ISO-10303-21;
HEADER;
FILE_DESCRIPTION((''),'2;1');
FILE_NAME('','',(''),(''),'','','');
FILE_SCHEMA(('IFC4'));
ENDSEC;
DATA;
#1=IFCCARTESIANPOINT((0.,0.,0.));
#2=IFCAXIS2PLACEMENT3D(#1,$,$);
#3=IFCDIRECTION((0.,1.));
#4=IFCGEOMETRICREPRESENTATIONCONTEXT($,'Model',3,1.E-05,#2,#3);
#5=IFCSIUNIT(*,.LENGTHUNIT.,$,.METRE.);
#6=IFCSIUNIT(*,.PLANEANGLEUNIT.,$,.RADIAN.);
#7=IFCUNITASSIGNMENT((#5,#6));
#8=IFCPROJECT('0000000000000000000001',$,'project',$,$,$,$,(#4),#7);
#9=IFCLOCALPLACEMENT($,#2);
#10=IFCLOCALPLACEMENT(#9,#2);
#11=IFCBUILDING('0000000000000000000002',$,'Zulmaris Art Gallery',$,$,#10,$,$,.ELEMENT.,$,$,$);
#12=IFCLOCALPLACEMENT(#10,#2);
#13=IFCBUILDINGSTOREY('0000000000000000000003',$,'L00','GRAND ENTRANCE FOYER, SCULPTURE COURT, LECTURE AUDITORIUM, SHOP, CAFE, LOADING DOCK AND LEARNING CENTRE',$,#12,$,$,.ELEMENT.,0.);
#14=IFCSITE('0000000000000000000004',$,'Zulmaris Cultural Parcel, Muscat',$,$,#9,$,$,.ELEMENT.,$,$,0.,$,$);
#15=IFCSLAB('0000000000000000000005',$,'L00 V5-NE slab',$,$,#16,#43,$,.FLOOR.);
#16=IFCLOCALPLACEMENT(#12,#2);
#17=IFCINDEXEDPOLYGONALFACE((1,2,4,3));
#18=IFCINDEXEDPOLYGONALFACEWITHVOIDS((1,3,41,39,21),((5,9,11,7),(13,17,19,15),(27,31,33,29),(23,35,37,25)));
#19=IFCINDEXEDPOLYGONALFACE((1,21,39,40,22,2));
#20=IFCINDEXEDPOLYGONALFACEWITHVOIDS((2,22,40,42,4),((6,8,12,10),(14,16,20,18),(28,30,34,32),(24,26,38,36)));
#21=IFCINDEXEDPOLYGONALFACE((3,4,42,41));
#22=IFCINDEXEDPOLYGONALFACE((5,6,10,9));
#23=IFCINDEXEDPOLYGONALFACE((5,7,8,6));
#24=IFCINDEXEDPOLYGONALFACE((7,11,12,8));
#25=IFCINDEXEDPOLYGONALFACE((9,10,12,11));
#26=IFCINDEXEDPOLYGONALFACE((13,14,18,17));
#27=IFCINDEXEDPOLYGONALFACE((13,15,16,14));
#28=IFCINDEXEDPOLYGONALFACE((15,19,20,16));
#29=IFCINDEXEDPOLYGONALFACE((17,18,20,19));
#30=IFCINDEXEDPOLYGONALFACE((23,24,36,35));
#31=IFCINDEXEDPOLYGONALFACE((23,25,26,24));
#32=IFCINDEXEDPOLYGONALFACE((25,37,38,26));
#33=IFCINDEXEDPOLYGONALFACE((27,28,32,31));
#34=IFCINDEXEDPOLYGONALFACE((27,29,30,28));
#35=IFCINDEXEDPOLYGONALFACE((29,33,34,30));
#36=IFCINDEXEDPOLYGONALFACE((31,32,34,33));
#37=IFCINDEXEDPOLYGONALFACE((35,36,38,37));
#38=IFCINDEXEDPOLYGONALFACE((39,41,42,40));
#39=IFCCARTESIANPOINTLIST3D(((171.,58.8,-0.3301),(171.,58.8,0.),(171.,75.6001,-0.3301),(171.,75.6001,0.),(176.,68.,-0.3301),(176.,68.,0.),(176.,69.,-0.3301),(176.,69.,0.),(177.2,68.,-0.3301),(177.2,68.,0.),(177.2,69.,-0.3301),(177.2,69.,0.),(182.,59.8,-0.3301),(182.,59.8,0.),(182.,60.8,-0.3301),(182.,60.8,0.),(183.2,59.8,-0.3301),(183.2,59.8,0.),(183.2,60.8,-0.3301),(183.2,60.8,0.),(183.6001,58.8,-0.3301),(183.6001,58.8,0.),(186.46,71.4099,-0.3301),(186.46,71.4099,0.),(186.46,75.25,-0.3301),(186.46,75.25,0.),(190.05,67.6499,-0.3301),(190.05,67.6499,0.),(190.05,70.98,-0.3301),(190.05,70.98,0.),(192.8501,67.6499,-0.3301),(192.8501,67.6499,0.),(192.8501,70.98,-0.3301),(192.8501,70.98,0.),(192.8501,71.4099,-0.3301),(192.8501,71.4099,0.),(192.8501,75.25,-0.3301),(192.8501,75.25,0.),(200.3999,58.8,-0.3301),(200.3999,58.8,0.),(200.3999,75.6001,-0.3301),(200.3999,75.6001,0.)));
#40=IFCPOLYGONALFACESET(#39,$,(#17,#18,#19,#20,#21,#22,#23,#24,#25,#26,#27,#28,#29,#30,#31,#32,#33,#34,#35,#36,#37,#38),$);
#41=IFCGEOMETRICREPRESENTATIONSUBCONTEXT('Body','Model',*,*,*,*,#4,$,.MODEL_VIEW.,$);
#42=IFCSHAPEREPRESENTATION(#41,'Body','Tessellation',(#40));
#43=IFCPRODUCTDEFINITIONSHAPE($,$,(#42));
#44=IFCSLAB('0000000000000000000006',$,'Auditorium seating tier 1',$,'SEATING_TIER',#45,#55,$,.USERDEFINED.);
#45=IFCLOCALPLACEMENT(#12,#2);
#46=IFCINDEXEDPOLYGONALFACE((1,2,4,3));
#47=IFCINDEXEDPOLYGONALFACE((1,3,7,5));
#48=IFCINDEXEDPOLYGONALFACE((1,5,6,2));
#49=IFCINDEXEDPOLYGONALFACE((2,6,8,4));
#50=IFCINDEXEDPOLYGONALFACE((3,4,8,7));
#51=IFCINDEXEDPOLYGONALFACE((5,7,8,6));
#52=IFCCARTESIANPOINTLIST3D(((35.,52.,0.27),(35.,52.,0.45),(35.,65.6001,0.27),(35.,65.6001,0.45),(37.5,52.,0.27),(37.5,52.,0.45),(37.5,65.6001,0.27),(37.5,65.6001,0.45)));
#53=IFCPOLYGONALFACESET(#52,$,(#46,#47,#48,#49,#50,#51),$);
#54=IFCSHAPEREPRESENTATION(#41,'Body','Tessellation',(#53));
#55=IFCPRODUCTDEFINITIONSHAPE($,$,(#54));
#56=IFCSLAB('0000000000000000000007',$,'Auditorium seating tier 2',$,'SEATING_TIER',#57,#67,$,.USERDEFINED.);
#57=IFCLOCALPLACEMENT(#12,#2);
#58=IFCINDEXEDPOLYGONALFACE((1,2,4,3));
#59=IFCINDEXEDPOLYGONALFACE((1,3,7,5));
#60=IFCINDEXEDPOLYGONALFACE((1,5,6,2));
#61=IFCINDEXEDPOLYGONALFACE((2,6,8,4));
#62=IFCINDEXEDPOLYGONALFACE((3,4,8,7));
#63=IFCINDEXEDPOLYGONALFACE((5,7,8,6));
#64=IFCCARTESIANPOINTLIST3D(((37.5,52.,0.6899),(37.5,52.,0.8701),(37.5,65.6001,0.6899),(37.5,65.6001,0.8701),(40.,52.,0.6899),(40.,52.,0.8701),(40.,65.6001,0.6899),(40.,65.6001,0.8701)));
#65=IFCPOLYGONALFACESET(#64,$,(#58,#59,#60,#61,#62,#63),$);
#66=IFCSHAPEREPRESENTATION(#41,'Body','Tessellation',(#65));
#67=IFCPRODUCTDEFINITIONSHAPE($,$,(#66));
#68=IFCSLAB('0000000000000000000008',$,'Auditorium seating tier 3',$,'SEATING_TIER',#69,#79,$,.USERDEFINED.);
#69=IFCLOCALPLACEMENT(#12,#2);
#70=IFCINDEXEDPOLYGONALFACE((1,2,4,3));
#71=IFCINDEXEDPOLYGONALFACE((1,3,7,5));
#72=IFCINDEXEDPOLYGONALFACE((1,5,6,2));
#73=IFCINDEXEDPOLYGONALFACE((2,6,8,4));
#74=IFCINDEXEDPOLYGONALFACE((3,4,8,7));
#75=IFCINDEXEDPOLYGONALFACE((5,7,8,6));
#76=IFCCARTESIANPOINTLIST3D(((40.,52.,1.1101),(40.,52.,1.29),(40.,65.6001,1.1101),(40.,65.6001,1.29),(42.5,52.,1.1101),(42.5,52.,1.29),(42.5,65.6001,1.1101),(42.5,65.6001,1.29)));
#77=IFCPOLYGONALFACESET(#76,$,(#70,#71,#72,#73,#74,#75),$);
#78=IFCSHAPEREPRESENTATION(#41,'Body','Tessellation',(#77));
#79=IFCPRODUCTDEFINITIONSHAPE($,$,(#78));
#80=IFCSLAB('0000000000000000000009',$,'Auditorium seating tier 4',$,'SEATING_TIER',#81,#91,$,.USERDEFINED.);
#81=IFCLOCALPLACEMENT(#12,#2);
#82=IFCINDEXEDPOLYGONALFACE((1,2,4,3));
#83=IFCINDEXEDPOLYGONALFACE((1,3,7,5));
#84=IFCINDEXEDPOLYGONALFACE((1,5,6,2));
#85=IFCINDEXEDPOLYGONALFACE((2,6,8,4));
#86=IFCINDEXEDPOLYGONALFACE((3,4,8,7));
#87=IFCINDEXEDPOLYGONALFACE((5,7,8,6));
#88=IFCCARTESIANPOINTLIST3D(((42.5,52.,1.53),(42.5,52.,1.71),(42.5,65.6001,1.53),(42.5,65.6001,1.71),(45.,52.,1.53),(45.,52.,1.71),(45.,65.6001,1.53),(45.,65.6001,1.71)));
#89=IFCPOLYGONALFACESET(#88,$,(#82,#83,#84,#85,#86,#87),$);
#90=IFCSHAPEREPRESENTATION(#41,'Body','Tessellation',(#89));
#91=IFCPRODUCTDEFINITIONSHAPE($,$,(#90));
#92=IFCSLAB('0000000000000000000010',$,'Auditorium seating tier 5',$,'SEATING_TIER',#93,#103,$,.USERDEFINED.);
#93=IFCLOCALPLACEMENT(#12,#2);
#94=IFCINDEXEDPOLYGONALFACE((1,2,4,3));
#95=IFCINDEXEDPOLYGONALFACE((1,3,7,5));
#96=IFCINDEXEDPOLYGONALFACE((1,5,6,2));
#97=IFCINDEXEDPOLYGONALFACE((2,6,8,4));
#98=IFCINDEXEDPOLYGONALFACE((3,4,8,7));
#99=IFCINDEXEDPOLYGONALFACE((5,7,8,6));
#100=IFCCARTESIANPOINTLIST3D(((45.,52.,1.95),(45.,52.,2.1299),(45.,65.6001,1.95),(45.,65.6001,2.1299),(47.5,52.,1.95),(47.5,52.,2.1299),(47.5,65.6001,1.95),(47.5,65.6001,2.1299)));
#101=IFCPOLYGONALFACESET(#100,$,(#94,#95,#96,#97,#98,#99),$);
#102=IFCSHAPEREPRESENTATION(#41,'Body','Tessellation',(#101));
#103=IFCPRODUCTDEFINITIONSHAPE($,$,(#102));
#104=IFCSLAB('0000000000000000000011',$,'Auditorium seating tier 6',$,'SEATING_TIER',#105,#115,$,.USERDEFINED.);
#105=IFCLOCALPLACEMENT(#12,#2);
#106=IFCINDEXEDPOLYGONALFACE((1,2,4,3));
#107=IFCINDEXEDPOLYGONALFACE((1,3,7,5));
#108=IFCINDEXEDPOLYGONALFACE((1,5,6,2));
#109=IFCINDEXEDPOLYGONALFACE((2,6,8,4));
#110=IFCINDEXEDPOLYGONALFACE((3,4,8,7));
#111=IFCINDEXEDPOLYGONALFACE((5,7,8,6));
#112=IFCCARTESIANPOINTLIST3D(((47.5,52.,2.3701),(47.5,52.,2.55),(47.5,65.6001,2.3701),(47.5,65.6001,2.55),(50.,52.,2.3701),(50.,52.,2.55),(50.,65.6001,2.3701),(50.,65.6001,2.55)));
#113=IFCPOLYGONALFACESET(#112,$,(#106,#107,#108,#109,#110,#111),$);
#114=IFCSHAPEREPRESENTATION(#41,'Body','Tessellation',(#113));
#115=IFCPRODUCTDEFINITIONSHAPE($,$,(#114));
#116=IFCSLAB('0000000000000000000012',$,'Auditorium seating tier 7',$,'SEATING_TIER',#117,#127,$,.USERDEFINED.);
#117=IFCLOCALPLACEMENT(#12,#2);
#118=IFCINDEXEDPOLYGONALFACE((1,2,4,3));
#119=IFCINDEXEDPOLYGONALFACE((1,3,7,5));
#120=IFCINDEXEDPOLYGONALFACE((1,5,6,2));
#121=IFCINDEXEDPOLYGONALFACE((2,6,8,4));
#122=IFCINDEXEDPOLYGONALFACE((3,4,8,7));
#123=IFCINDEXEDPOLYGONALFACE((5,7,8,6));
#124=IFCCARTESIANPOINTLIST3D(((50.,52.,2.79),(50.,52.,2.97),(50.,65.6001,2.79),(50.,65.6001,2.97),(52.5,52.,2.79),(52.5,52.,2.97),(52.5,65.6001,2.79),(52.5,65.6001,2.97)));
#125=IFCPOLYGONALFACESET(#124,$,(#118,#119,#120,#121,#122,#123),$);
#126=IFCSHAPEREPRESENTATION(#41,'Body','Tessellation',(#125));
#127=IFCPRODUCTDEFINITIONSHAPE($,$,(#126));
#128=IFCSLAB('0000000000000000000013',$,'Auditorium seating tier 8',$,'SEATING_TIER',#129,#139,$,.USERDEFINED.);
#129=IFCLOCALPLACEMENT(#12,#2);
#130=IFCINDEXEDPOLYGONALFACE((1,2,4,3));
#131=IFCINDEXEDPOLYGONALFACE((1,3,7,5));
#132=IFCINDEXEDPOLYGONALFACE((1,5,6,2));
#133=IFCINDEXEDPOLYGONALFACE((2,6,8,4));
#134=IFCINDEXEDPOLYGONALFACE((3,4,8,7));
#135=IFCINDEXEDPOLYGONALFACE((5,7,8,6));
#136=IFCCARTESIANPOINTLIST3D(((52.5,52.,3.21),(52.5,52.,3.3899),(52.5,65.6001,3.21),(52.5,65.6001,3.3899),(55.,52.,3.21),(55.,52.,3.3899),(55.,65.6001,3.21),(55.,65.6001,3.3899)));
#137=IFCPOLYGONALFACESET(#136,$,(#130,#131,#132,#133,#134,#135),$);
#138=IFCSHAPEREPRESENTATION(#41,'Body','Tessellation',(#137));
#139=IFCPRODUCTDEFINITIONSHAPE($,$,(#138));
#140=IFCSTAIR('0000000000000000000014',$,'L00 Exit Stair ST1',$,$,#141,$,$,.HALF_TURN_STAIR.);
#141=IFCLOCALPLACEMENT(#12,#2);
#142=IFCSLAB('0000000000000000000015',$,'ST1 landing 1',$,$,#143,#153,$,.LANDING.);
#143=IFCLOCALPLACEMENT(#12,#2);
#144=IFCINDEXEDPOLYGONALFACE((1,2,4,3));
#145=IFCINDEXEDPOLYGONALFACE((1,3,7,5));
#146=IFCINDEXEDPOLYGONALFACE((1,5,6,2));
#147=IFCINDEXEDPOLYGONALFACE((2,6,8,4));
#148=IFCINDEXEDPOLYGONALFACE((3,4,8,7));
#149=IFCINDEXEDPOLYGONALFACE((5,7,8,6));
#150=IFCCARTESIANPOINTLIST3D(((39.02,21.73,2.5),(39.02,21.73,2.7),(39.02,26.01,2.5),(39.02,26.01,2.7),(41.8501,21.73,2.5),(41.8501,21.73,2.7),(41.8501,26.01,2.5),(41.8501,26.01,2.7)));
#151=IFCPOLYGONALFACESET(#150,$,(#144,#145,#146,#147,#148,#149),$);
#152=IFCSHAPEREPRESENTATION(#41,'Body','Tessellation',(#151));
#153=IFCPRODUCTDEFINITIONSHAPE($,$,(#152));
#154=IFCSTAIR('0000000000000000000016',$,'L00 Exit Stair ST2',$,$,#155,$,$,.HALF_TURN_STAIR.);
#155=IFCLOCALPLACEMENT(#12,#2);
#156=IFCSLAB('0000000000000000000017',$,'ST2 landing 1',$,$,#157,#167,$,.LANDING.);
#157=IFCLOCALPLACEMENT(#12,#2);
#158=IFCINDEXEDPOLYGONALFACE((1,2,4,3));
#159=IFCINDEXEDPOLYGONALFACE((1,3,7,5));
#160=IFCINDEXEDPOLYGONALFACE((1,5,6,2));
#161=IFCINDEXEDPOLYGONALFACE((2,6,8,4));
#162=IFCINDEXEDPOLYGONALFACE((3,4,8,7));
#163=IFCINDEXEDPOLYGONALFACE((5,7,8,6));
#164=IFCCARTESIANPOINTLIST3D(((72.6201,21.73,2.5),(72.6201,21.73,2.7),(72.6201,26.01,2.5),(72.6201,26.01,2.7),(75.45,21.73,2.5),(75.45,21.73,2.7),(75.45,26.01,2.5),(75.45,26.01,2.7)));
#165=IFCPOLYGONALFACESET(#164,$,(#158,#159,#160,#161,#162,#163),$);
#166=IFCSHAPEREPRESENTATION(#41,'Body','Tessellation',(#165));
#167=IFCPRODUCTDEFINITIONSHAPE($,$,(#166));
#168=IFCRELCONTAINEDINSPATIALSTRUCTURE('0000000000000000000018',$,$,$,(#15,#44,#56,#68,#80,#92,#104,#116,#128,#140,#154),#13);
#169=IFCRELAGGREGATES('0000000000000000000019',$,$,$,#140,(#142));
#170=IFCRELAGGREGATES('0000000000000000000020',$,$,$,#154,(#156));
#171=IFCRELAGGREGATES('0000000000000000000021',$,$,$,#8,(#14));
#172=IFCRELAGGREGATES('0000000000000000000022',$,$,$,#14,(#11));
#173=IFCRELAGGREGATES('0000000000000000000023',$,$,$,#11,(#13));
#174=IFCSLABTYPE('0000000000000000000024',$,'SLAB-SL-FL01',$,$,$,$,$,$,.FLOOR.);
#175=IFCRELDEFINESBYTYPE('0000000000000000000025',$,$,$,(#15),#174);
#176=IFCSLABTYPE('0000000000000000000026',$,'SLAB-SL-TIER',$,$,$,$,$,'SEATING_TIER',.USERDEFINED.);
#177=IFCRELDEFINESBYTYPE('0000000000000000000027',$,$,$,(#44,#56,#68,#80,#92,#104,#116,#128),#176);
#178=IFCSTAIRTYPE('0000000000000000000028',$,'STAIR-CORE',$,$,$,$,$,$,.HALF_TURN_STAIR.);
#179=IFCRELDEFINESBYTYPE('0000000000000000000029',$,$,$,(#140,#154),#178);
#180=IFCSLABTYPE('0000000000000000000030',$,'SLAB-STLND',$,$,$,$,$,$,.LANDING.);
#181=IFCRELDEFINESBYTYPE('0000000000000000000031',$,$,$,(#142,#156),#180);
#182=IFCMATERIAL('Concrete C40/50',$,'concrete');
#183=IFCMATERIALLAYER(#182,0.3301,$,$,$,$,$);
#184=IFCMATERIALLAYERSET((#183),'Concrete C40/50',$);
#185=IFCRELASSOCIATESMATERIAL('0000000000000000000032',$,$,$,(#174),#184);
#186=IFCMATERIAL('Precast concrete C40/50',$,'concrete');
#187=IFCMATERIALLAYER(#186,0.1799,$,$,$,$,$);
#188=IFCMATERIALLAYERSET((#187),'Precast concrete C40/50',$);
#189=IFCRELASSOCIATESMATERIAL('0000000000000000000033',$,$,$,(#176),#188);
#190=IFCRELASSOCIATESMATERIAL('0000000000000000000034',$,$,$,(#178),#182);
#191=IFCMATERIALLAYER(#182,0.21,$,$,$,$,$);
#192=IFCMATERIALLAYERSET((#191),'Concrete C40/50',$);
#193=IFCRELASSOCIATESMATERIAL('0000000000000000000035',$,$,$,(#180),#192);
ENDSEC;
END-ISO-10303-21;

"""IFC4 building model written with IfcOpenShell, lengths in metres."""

from ifc_helpers import new_model, si_unit, direction, frame, origin, place, context, subcontext, project, spatial, polyline, outline, extrude, material, layer, layer_set, type_object, element, aggregate, save


model = new_model("IFC4")

# Units and contexts
model_context = context("Model", 3, precision=1e-05, world=origin(), true_north=direction((0.0, 1.0)))
body_context = subcontext(model_context, "Body", "Model", "MODEL_VIEW")
ifc_project = project(units=[si_unit("LENGTHUNIT", "METRE"), si_unit("PLANEANGLEUNIT", "RADIAN")], contexts=[model_context])

# Site, building, storey
site_placement = place(None, origin())
site = spatial("IfcSite", under=ifc_project, at=site_placement, Name="Zulmaris Cultural Parcel, Muscat", CompositionType="ELEMENT", RefElevation=0.0)
building_placement = place(site_placement, origin())
building = spatial("IfcBuilding", under=site, at=building_placement, Name="Zulmaris Art Gallery", CompositionType="ELEMENT")
storey_placement = place(building_placement, origin())
storey = spatial("IfcBuildingStorey", under=building, at=storey_placement, Name="L00", Description="GRAND ENTRANCE FOYER, SCULPTURE COURT, LECTURE AUDITORIUM, SHOP, CAFE, LOADING DOCK AND LEARNING CENTRE", CompositionType="ELEMENT", Elevation=0.0)

# Slabs
ifc_material_1 = material(Name="Concrete C40/50", Category="concrete")
ifc_layer_1 = layer(ifc_material_1, 0.3301)
ifc_layer_set_1 = layer_set([ifc_layer_1], Name="Concrete C40/50")
slab_type_1 = type_object("IfcSlabType", Name="SLAB-SL-FL01", PredefinedType="FLOOR", material=ifc_layer_set_1)
slab_1_placement = place(storey_placement, frame((0.0, 0.0, -0.3301)))
element("IfcSlab", 1, at=slab_1_placement, inside=storey, type_object=slab_type_1, Name="L00 V5-NE slab", PredefinedType="FLOOR", context=body_context, shape_type="SweptSolid", body=[
    extrude(outline(polyline([(200.3999, 58.8), (183.6001, 58.8), (171.0, 58.8), (171.0, 75.6001), (200.3999, 75.6001), (200.3999, 58.8)]), holes=[polyline([(183.2, 59.8), (183.2, 60.8), (182.0, 60.8), (182.0, 59.8), (183.2, 59.8)]), polyline([(177.2, 69.0), (176.0, 69.0), (176.0, 68.0), (177.2, 68.0), (177.2, 69.0)]), polyline([(192.8501, 67.6499), (192.8501, 70.98), (190.05, 70.98), (190.05, 67.6499), (192.8501, 67.6499)]), polyline([(186.46, 71.4099), (192.8501, 71.4099), (192.8501, 75.25), (186.46, 75.25), (186.46, 71.4099)])]), origin(), (0.0, 0.0, 1.0), 0.3301),
])
ifc_material_2 = material(Name="Precast concrete C40/50", Category="concrete")
ifc_layer_2 = layer(ifc_material_2, 0.1799)
ifc_layer_set_2 = layer_set([ifc_layer_2], Name="Precast concrete C40/50")
slab_type_2 = type_object("IfcSlabType", Name="SLAB-SL-TIER", ElementType="SEATING_TIER", PredefinedType="USERDEFINED", material=ifc_layer_set_2)
slab_2_placement = place(storey_placement, frame((0.0, 0.0, 0.27)))
element("IfcSlab", 2, at=slab_2_placement, inside=storey, type_object=slab_type_2, Name="Auditorium seating tier 1", ObjectType="SEATING_TIER", PredefinedType="USERDEFINED", context=body_context, shape_type="SweptSolid", body=[
    extrude(outline(polyline([(35.0, 52.0), (37.5, 52.0), (37.5, 65.6001), (35.0, 65.6001), (35.0, 52.0)])), origin(), (0.0, 0.0, 1.0), 0.1799),
])
slab_3_placement = place(storey_placement, frame((0.0, 0.0, 0.6899)))
element("IfcSlab", 3, at=slab_3_placement, inside=storey, type_object=slab_type_2, Name="Auditorium seating tier 2", ObjectType="SEATING_TIER", PredefinedType="USERDEFINED", context=body_context, shape_type="SweptSolid", body=[
    extrude(outline(polyline([(37.5, 52.0), (40.0, 52.0), (40.0, 65.6001), (37.5, 65.6001), (37.5, 52.0)])), origin(), (0.0, 0.0, 1.0), 0.1802),
])
slab_4_placement = place(storey_placement, frame((0.0, 0.0, 1.1101)))
element("IfcSlab", 4, at=slab_4_placement, inside=storey, type_object=slab_type_2, Name="Auditorium seating tier 3", ObjectType="SEATING_TIER", PredefinedType="USERDEFINED", context=body_context, shape_type="SweptSolid", body=[
    extrude(outline(polyline([(40.0, 52.0), (42.5, 52.0), (42.5, 65.6001), (40.0, 65.6001), (40.0, 52.0)])), origin(), (0.0, 0.0, 1.0), 0.1799),
])
slab_5_placement = place(storey_placement, frame((0.0, 0.0, 1.53)))
element("IfcSlab", 5, at=slab_5_placement, inside=storey, type_object=slab_type_2, Name="Auditorium seating tier 4", ObjectType="SEATING_TIER", PredefinedType="USERDEFINED", context=body_context, shape_type="SweptSolid", body=[
    extrude(outline(polyline([(42.5, 52.0), (45.0, 52.0), (45.0, 65.6001), (42.5, 65.6001), (42.5, 52.0)])), origin(), (0.0, 0.0, 1.0), 0.1799),
])
slab_6_placement = place(storey_placement, frame((0.0, 0.0, 1.95)))
element("IfcSlab", 6, at=slab_6_placement, inside=storey, type_object=slab_type_2, Name="Auditorium seating tier 5", ObjectType="SEATING_TIER", PredefinedType="USERDEFINED", context=body_context, shape_type="SweptSolid", body=[
    extrude(outline(polyline([(45.0, 52.0), (47.5, 52.0), (47.5, 65.6001), (45.0, 65.6001), (45.0, 52.0)])), origin(), (0.0, 0.0, 1.0), 0.1799),
])
slab_7_placement = place(storey_placement, frame((0.0, 0.0, 2.3701)))
element("IfcSlab", 7, at=slab_7_placement, inside=storey, type_object=slab_type_2, Name="Auditorium seating tier 6", ObjectType="SEATING_TIER", PredefinedType="USERDEFINED", context=body_context, shape_type="SweptSolid", body=[
    extrude(outline(polyline([(47.5, 52.0), (50.0, 52.0), (50.0, 65.6001), (47.5, 65.6001), (47.5, 52.0)])), origin(), (0.0, 0.0, 1.0), 0.1799),
])
slab_8_placement = place(storey_placement, frame((0.0, 0.0, 2.79)))
element("IfcSlab", 8, at=slab_8_placement, inside=storey, type_object=slab_type_2, Name="Auditorium seating tier 7", ObjectType="SEATING_TIER", PredefinedType="USERDEFINED", context=body_context, shape_type="SweptSolid", body=[
    extrude(outline(polyline([(50.0, 52.0), (52.5, 52.0), (52.5, 65.6001), (50.0, 65.6001), (50.0, 52.0)])), origin(), (0.0, 0.0, 1.0), 0.1799),
])
slab_9_placement = place(storey_placement, frame((0.0, 0.0, 3.21)))
element("IfcSlab", 9, at=slab_9_placement, inside=storey, type_object=slab_type_2, Name="Auditorium seating tier 8", ObjectType="SEATING_TIER", PredefinedType="USERDEFINED", context=body_context, shape_type="SweptSolid", body=[
    extrude(outline(polyline([(52.5, 52.0), (55.0, 52.0), (55.0, 65.6001), (52.5, 65.6001), (52.5, 52.0)])), origin(), (0.0, 0.0, 1.0), 0.1799),
])

# Stairs, slabs
stair_type = type_object("IfcStairType", Name="STAIR-CORE", PredefinedType="HALF_TURN_STAIR", material=ifc_material_1)
stair_1_placement = place(storey_placement, origin())
stair_1 = element("IfcStair", 10, at=stair_1_placement, inside=storey, type_object=stair_type, Name="L00 Exit Stair ST1", PredefinedType="HALF_TURN_STAIR")
ifc_layer_3 = layer(ifc_material_1, 0.21)
ifc_layer_set_3 = layer_set([ifc_layer_3], Name="Concrete C40/50")
slab_type_3 = type_object("IfcSlabType", Name="SLAB-STLND", PredefinedType="LANDING", material=ifc_layer_set_3)
slab_10_placement = place(storey_placement, frame((0.0, 0.0, 2.5)))
slab_10 = element("IfcSlab", 11, at=slab_10_placement, type_object=slab_type_3, Name="ST1 landing 1", PredefinedType="LANDING", context=body_context, shape_type="SweptSolid", body=[
    extrude(outline(polyline([(39.02, 21.73), (41.8501, 21.73), (41.8501, 26.01), (39.02, 26.01), (39.02, 21.73)])), origin(), (0.0, 0.0, 1.0), 0.2),
])
aggregate(stair_1, [slab_10])
stair_2_placement = place(storey_placement, origin())
stair_2 = element("IfcStair", 12, at=stair_2_placement, inside=storey, type_object=stair_type, Name="L00 Exit Stair ST2", PredefinedType="HALF_TURN_STAIR")
slab_11_placement = place(storey_placement, frame((0.0, 0.0, 2.5)))
slab_11 = element("IfcSlab", 13, at=slab_11_placement, type_object=slab_type_3, Name="ST2 landing 1", PredefinedType="LANDING", context=body_context, shape_type="SweptSolid", body=[
    extrude(outline(polyline([(72.6201, 21.73), (75.45, 21.73), (75.45, 26.01), (72.6201, 26.01), (72.6201, 21.73)])), origin(), (0.0, 0.0, 1.0), 0.2),
])
aggregate(stair_2, [slab_11])

save(model, "model.ifc")
